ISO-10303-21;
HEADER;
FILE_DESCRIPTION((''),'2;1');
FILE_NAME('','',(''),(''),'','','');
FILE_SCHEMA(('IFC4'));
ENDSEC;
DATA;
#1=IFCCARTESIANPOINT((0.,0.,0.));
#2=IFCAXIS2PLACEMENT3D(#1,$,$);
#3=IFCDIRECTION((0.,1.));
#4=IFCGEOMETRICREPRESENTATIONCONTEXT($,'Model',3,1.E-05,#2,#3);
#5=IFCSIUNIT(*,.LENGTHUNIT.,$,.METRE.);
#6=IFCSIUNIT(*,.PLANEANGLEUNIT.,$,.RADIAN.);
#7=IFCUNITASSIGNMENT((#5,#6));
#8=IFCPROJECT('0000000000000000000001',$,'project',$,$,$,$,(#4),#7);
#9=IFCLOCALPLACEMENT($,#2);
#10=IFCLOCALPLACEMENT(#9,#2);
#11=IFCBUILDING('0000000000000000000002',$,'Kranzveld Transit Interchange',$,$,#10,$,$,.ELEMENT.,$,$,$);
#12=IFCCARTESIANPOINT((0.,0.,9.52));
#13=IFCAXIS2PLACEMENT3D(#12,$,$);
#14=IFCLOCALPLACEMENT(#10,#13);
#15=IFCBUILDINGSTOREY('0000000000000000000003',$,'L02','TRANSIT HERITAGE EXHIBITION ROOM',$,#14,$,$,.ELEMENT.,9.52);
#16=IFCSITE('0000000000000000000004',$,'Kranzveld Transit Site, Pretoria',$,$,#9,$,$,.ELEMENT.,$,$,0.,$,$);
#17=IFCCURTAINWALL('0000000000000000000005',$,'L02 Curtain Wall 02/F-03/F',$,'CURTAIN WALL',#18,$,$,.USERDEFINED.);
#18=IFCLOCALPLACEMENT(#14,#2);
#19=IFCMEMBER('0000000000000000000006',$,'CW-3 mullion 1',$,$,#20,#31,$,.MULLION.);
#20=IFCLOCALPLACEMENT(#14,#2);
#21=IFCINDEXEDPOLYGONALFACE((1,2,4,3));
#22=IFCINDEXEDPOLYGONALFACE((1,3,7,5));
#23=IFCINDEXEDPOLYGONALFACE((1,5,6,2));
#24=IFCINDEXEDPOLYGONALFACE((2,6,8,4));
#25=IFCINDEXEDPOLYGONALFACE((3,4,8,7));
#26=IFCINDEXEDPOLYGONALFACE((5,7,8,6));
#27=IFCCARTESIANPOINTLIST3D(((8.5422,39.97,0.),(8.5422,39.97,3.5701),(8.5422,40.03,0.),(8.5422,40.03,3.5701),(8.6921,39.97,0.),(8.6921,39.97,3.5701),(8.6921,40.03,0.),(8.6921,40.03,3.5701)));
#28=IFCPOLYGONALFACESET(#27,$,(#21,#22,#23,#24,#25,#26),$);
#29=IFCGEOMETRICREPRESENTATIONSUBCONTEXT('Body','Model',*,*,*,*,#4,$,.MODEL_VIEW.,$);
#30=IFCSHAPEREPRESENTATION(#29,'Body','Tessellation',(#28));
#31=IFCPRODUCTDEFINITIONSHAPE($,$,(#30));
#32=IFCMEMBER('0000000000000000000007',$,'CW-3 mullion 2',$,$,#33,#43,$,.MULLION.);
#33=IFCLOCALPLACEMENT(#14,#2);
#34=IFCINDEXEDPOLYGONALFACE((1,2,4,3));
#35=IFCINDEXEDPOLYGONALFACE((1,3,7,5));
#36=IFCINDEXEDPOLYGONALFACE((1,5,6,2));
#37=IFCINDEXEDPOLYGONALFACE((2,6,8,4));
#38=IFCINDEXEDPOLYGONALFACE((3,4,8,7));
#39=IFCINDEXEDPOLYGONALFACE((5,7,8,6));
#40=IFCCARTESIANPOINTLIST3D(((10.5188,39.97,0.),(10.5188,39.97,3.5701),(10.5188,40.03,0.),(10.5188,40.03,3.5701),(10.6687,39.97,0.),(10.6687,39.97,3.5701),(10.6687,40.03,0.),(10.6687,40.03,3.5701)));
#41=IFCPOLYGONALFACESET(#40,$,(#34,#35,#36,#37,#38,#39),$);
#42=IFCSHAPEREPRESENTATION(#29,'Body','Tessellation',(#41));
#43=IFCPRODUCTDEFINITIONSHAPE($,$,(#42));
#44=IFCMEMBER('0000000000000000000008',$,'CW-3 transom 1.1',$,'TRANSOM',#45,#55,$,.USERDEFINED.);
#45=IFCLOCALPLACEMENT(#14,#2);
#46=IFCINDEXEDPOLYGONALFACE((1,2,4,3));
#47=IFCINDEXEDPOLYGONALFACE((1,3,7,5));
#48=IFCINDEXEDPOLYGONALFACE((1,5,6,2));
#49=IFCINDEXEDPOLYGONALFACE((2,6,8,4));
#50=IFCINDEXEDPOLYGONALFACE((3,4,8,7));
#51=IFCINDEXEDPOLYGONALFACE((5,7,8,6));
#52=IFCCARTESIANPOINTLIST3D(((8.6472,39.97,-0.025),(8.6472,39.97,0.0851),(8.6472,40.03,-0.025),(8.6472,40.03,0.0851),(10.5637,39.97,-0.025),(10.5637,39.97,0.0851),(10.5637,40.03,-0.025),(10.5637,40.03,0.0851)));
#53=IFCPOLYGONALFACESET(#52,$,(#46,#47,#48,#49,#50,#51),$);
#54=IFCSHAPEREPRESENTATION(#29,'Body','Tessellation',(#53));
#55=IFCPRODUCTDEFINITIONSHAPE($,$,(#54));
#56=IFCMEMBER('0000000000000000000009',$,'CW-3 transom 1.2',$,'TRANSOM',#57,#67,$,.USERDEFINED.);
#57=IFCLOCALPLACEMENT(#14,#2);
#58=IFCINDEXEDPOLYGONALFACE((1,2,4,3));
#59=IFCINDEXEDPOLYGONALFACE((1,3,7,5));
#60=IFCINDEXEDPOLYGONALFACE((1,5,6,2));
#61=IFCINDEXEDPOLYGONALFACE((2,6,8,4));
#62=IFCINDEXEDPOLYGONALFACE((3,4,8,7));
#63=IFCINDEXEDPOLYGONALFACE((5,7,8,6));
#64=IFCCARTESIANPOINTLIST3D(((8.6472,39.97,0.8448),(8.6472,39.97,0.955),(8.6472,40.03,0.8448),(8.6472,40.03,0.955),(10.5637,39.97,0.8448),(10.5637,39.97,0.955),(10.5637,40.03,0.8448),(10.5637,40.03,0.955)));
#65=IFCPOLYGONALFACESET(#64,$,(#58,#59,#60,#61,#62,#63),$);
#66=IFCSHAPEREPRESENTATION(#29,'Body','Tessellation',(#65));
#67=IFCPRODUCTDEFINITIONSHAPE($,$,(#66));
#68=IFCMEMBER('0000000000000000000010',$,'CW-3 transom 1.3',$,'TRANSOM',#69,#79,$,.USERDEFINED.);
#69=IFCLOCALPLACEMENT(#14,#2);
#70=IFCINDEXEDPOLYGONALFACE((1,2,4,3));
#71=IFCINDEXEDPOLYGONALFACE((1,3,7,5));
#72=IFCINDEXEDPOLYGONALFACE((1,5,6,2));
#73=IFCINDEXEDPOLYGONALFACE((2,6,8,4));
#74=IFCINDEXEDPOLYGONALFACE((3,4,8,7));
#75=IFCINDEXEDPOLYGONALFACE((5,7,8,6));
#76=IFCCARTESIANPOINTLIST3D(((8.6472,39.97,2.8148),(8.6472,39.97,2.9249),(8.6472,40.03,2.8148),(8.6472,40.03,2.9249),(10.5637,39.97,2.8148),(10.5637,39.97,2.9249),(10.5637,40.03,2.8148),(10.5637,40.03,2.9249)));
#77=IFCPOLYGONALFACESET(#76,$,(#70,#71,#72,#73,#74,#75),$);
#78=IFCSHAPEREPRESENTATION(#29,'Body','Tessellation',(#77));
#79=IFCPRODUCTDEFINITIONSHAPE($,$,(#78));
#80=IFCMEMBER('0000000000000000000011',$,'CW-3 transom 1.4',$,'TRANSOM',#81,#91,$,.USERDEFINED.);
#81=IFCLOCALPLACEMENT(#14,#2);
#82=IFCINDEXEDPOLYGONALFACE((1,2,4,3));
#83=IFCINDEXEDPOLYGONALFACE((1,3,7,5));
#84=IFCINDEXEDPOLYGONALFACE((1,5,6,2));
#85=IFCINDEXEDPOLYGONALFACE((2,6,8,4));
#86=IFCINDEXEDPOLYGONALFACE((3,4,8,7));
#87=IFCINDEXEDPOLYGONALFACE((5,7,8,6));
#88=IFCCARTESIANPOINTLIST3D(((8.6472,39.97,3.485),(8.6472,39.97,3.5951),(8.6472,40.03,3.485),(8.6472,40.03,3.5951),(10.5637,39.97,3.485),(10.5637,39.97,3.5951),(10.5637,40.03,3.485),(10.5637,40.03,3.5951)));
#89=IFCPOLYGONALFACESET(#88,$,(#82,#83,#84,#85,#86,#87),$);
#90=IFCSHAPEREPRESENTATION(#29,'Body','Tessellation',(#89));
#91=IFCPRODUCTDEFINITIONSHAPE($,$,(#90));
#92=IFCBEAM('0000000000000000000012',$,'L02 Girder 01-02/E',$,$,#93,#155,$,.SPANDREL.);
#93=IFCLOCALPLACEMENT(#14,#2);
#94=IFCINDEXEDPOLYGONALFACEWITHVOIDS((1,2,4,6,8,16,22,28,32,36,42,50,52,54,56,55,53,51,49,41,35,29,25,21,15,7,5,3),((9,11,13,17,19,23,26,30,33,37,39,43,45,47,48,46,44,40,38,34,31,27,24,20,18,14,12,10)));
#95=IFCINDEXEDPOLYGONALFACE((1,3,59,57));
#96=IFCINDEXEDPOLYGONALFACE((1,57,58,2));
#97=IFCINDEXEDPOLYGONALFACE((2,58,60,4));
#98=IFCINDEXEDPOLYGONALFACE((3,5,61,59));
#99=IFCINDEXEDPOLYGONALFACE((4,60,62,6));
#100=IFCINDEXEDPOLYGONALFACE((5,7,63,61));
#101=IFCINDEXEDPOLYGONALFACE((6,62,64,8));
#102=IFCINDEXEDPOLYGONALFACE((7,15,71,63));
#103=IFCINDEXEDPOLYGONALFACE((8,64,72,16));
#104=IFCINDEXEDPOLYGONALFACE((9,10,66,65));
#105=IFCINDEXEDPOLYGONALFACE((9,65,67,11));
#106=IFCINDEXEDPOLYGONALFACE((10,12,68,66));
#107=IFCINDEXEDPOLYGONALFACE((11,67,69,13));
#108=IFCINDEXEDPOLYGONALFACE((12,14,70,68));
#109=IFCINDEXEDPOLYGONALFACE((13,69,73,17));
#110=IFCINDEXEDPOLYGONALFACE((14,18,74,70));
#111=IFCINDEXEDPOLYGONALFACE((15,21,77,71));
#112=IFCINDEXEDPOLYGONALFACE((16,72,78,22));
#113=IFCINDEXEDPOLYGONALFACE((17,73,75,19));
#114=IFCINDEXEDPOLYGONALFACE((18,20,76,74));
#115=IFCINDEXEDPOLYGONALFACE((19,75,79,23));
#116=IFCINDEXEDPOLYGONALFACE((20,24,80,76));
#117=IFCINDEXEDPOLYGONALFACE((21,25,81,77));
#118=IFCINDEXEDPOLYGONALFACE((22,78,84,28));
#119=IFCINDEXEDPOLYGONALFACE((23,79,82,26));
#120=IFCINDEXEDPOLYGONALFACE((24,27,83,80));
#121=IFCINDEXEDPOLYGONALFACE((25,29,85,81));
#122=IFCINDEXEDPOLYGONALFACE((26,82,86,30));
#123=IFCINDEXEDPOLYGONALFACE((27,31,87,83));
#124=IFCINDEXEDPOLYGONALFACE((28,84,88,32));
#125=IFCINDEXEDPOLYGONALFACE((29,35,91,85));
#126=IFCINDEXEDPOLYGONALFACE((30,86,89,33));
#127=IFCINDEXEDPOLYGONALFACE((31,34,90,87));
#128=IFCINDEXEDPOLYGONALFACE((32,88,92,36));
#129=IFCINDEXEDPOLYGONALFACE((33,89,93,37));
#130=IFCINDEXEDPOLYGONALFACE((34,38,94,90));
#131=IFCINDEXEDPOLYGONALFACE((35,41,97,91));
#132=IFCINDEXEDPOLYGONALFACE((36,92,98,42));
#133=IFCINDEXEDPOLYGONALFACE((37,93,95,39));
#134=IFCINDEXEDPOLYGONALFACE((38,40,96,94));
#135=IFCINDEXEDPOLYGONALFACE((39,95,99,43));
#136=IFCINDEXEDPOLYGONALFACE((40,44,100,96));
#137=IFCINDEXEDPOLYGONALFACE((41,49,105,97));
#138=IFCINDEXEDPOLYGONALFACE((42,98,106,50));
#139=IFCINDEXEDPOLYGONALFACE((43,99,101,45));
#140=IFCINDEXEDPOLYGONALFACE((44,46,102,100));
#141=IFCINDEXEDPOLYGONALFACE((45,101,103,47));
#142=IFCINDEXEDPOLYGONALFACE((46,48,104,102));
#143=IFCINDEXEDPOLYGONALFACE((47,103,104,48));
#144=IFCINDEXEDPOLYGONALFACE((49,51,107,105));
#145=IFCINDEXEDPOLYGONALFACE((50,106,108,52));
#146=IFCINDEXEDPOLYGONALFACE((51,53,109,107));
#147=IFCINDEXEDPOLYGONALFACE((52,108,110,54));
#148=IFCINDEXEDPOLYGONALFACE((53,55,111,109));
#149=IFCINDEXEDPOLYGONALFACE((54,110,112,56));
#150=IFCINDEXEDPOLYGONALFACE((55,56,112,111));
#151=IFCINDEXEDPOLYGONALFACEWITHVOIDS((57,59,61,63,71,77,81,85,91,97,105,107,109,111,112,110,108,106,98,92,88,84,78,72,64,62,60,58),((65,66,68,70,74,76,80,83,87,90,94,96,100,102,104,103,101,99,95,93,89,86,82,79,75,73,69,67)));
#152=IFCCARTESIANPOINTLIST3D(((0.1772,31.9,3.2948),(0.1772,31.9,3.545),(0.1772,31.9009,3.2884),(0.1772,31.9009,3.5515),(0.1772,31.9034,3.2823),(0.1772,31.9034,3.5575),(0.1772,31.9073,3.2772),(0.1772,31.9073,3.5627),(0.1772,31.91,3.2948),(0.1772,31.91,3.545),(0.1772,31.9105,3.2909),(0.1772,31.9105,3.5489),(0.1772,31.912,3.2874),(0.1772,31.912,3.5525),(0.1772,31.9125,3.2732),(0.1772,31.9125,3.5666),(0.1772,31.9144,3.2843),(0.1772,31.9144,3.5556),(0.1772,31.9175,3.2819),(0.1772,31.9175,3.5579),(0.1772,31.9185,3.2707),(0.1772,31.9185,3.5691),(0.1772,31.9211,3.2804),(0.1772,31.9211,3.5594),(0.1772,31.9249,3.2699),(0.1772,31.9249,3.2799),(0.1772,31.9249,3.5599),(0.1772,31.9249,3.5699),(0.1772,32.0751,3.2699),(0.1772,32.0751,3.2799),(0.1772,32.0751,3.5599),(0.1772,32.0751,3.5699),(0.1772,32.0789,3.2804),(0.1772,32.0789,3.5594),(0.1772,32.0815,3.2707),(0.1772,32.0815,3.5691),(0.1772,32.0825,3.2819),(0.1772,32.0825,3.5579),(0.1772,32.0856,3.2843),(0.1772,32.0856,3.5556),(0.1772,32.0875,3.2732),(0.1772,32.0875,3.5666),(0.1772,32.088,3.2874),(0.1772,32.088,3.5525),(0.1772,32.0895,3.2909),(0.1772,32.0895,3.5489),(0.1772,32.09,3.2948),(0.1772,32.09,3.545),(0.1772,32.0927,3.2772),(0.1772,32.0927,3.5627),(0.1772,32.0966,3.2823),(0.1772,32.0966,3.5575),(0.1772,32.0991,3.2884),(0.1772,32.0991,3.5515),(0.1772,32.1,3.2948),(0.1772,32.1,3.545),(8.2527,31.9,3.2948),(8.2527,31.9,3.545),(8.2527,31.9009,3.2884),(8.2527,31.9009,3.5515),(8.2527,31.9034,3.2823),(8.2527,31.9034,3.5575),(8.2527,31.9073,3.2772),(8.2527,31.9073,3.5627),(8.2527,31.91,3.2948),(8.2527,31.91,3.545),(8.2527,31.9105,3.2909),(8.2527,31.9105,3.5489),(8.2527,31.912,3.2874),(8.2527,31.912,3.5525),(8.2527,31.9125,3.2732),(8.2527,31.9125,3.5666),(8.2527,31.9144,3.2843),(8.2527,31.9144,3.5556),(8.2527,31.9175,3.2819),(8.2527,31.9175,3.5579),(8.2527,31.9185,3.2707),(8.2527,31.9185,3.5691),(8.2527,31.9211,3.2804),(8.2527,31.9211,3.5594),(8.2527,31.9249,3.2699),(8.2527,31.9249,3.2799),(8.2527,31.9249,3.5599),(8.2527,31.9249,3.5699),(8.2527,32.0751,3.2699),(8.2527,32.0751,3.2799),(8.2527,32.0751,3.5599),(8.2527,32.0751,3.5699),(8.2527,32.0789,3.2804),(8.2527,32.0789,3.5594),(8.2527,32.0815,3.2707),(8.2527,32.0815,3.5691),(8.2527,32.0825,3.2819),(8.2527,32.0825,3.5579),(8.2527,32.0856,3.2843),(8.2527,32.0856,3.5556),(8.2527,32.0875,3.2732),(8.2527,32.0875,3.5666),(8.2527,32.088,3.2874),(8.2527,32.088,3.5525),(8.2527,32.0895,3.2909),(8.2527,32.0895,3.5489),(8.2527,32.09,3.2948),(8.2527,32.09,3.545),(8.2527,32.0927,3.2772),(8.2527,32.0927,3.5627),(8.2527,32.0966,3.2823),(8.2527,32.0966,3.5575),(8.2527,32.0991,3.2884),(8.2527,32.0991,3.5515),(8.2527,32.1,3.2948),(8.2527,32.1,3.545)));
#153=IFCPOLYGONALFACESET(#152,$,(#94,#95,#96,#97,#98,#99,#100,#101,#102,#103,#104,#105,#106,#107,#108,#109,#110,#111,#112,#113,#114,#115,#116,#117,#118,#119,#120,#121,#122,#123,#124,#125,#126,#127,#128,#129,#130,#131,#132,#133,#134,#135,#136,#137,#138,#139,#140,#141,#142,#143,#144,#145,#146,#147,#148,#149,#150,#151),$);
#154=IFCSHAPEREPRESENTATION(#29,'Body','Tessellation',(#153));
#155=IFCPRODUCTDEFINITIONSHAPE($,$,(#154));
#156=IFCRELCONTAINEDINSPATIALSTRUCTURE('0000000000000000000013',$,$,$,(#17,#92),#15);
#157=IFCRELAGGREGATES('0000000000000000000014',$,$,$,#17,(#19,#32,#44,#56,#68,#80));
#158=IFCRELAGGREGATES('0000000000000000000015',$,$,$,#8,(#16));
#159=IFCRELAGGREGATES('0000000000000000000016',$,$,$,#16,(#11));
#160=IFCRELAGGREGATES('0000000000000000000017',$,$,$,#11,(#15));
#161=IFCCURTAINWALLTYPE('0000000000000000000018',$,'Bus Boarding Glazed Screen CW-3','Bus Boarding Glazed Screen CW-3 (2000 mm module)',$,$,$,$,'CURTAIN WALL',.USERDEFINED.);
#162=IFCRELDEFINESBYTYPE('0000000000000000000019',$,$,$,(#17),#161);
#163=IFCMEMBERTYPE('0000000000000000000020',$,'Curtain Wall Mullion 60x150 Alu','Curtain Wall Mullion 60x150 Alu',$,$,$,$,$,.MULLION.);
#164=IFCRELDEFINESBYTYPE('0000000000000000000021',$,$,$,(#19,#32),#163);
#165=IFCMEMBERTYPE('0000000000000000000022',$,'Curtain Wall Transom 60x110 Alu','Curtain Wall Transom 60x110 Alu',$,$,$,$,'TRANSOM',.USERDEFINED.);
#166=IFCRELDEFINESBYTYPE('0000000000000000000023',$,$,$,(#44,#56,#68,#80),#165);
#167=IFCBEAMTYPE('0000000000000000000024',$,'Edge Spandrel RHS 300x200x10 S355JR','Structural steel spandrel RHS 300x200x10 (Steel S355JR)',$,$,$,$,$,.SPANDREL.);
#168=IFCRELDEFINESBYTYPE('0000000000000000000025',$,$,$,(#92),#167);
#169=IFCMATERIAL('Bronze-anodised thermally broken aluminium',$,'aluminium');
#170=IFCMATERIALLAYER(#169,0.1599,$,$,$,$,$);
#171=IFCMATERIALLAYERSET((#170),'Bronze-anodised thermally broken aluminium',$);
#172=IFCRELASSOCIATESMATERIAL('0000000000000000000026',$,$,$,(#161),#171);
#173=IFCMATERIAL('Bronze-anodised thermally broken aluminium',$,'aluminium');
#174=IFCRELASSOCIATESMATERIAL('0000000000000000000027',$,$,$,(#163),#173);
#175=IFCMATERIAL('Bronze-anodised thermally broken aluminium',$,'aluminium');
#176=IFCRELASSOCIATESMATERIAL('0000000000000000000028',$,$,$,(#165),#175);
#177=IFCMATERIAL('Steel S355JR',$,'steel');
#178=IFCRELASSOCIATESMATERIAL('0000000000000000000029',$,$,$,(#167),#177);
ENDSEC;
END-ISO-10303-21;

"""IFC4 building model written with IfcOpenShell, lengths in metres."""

from ifc_helpers import new_model, si_unit, direction, frame, origin, origin_2d, place, context, subcontext, project, spatial, rectangle, hollow_rectangle, extrude, material, layer, layer_set, material_profile, profile_set, type_object, element, aggregate, save


model = new_model("IFC4")

# Units and contexts
model_context = context("Model", 3, precision=1e-05, world=origin(), true_north=direction((0.0, 1.0)))
body_context = subcontext(model_context, "Body", "Model", "MODEL_VIEW")
ifc_project = project(units=[si_unit("LENGTHUNIT", "METRE"), si_unit("PLANEANGLEUNIT", "RADIAN")], contexts=[model_context])

# Site, building, storey
site_placement = place(None, origin())
site = spatial("IfcSite", under=ifc_project, at=site_placement, Name="Kranzveld Transit Site, Pretoria", CompositionType="ELEMENT", RefElevation=0.0)
building_placement = place(site_placement, origin())
building = spatial("IfcBuilding", under=site, at=building_placement, Name="Kranzveld Transit Interchange", CompositionType="ELEMENT")
storey_placement = place(building_placement, frame((0.0, 0.0, 9.52)))
storey = spatial("IfcBuildingStorey", under=building, at=storey_placement, Name="L02", Description="TRANSIT HERITAGE EXHIBITION ROOM", CompositionType="ELEMENT", Elevation=9.52)

# Curtain wall, members
ifc_material_1 = material(Name="Bronze-anodised thermally broken aluminium", Category="aluminium")
ifc_layer_1 = layer(ifc_material_1, 0.1599)
ifc_layer_set_1 = layer_set([ifc_layer_1], Name="Bronze-anodised thermally broken aluminium")
curtain_wall_type = type_object("IfcCurtainWallType", Name="Bus Boarding Glazed Screen CW-3", Description="Bus Boarding Glazed Screen CW-3 (2000 mm module)", ElementType="CURTAIN WALL", PredefinedType="USERDEFINED", material=ifc_layer_set_1)
curtain_wall_placement = place(storey_placement, origin())
curtain_wall = element("IfcCurtainWall", 1, at=curtain_wall_placement, inside=storey, type_object=curtain_wall_type, Name="L02 Curtain Wall 02/F-03/F", ObjectType="CURTAIN WALL", PredefinedType="USERDEFINED")
ifc_material_2 = material(Name="Bronze-anodised thermally broken aluminium", Category="aluminium")
ifc_material_profile_1 = material_profile(ifc_material_2, rectangle(XDim=0.0601, YDim=0.1499, at=origin_2d()), Name="ALU MULLION 60x150")
ifc_profile_set_1 = profile_set([ifc_material_profile_1], Name="Bronze-anodised thermally broken aluminium")
member_type_1 = type_object("IfcMemberType", Name="Curtain Wall Mullion 60x150 Alu", Description="Curtain Wall Mullion 60x150 Alu", PredefinedType="MULLION", material=ifc_profile_set_1)
member_1_placement = place(storey_placement, frame((8.6172, 40.0, 0.0), z_axis=(0.0, 0.0, 1.0), x_axis=(0.0, 1.0, 0.0)))
member_1 = element("IfcMember", 2, at=member_1_placement, type_object=member_type_1, Name="CW-3 mullion 1", PredefinedType="MULLION", context=body_context, shape_type="SweptSolid", body=[
    extrude(rectangle(XDim=0.0601, YDim=0.1499, at=origin_2d()), origin(), (0.0, 0.0, 1.0), 3.5701),
])
member_2_placement = place(storey_placement, frame((10.5938, 40.0, 0.0), z_axis=(0.0, 0.0, 1.0), x_axis=(0.0, 1.0, 0.0)))
member_2 = element("IfcMember", 3, at=member_2_placement, type_object=member_type_1, Name="CW-3 mullion 2", PredefinedType="MULLION", context=body_context, shape_type="SweptSolid", body=[
    extrude(rectangle(XDim=0.0601, YDim=0.1499, at=origin_2d()), origin(), (0.0, 0.0, 1.0), 3.5701),
])
ifc_material_3 = material(Name="Bronze-anodised thermally broken aluminium", Category="aluminium")
ifc_material_profile_2 = material_profile(ifc_material_3, rectangle(XDim=0.0601, YDim=0.1101, at=origin_2d()), Name="ALU TRANSOM 60x110")
ifc_profile_set_2 = profile_set([ifc_material_profile_2], Name="Bronze-anodised thermally broken aluminium")
member_type_2 = type_object("IfcMemberType", Name="Curtain Wall Transom 60x110 Alu", Description="Curtain Wall Transom 60x110 Alu", ElementType="TRANSOM", PredefinedType="USERDEFINED", material=ifc_profile_set_2)
member_3_placement = place(storey_placement, frame((8.6472, 40.0, 0.03), z_axis=(1.0, 0.0, 0.0), x_axis=(0.0, 1.0, 0.0)))
member_3 = element("IfcMember", 4, at=member_3_placement, type_object=member_type_2, Name="CW-3 transom 1.1", ObjectType="TRANSOM", PredefinedType="USERDEFINED", context=body_context, shape_type="SweptSolid", body=[
    extrude(rectangle(XDim=0.0601, YDim=0.1101, at=origin_2d()), origin(), (0.0, 0.0, 1.0), 1.9165),
])
member_4_placement = place(storey_placement, frame((8.6472, 40.0, 0.8999), z_axis=(1.0, 0.0, 0.0), x_axis=(0.0, 1.0, 0.0)))
member_4 = element("IfcMember", 5, at=member_4_placement, type_object=member_type_2, Name="CW-3 transom 1.2", ObjectType="TRANSOM", PredefinedType="USERDEFINED", context=body_context, shape_type="SweptSolid", body=[
    extrude(rectangle(XDim=0.0601, YDim=0.1101, at=origin_2d()), origin(), (0.0, 0.0, 1.0), 1.9165),
])
member_5_placement = place(storey_placement, frame((8.6472, 40.0, 2.8699), z_axis=(1.0, 0.0, 0.0), x_axis=(0.0, 1.0, 0.0)))
member_5 = element("IfcMember", 6, at=member_5_placement, type_object=member_type_2, Name="CW-3 transom 1.3", ObjectType="TRANSOM", PredefinedType="USERDEFINED", context=body_context, shape_type="SweptSolid", body=[
    extrude(rectangle(XDim=0.0601, YDim=0.1101, at=origin_2d()), origin(), (0.0, 0.0, 1.0), 1.9165),
])
member_6_placement = place(storey_placement, frame((8.6472, 40.0, 3.54), z_axis=(1.0, 0.0, 0.0), x_axis=(0.0, 1.0, 0.0)))
member_6 = element("IfcMember", 7, at=member_6_placement, type_object=member_type_2, Name="CW-3 transom 1.4", ObjectType="TRANSOM", PredefinedType="USERDEFINED", context=body_context, shape_type="SweptSolid", body=[
    extrude(rectangle(XDim=0.0601, YDim=0.1101, at=origin_2d()), origin(), (0.0, 0.0, 1.0), 1.9165),
])

# Beam
ifc_material_4 = material(Name="Steel S355JR", Category="steel")
ifc_material_profile_3 = material_profile(ifc_material_4, hollow_rectangle(XDim=0.2, YDim=0.3, WallThickness=0.01, InnerFilletRadius=0.0149, OuterFilletRadius=0.0249, at=origin_2d()), Name="RHS 300x200x10")
ifc_profile_set_3 = profile_set([ifc_material_profile_3], Name="Steel S355JR")
beam_type_1 = type_object("IfcBeamType", Name="Edge Spandrel RHS 300x200x10 S355JR", Description="Structural steel spandrel RHS 300x200x10 (Steel S355JR)", PredefinedType="SPANDREL", material=ifc_profile_set_3)
beam_1_placement = place(storey_placement, frame((0.1772, 32.0, 3.4199), z_axis=(1.0, 0.0, 0.0), x_axis=(0.0, 1.0, 0.0)))
element("IfcBeam", 8, at=beam_1_placement, inside=storey, type_object=beam_type_1, Name="L02 Girder 01-02/E", PredefinedType="SPANDREL", context=body_context, shape_type="SweptSolid", body=[
    extrude(hollow_rectangle(XDim=0.2, YDim=0.3, WallThickness=0.01, InnerFilletRadius=0.0149, OuterFilletRadius=0.0249, at=origin_2d()), origin(), (0.0, 0.0, 1.0), 8.0754),
])

aggregate(curtain_wall, [member_1, member_2, member_3, member_4, member_5, member_6])

save(model, "model.ifc")
